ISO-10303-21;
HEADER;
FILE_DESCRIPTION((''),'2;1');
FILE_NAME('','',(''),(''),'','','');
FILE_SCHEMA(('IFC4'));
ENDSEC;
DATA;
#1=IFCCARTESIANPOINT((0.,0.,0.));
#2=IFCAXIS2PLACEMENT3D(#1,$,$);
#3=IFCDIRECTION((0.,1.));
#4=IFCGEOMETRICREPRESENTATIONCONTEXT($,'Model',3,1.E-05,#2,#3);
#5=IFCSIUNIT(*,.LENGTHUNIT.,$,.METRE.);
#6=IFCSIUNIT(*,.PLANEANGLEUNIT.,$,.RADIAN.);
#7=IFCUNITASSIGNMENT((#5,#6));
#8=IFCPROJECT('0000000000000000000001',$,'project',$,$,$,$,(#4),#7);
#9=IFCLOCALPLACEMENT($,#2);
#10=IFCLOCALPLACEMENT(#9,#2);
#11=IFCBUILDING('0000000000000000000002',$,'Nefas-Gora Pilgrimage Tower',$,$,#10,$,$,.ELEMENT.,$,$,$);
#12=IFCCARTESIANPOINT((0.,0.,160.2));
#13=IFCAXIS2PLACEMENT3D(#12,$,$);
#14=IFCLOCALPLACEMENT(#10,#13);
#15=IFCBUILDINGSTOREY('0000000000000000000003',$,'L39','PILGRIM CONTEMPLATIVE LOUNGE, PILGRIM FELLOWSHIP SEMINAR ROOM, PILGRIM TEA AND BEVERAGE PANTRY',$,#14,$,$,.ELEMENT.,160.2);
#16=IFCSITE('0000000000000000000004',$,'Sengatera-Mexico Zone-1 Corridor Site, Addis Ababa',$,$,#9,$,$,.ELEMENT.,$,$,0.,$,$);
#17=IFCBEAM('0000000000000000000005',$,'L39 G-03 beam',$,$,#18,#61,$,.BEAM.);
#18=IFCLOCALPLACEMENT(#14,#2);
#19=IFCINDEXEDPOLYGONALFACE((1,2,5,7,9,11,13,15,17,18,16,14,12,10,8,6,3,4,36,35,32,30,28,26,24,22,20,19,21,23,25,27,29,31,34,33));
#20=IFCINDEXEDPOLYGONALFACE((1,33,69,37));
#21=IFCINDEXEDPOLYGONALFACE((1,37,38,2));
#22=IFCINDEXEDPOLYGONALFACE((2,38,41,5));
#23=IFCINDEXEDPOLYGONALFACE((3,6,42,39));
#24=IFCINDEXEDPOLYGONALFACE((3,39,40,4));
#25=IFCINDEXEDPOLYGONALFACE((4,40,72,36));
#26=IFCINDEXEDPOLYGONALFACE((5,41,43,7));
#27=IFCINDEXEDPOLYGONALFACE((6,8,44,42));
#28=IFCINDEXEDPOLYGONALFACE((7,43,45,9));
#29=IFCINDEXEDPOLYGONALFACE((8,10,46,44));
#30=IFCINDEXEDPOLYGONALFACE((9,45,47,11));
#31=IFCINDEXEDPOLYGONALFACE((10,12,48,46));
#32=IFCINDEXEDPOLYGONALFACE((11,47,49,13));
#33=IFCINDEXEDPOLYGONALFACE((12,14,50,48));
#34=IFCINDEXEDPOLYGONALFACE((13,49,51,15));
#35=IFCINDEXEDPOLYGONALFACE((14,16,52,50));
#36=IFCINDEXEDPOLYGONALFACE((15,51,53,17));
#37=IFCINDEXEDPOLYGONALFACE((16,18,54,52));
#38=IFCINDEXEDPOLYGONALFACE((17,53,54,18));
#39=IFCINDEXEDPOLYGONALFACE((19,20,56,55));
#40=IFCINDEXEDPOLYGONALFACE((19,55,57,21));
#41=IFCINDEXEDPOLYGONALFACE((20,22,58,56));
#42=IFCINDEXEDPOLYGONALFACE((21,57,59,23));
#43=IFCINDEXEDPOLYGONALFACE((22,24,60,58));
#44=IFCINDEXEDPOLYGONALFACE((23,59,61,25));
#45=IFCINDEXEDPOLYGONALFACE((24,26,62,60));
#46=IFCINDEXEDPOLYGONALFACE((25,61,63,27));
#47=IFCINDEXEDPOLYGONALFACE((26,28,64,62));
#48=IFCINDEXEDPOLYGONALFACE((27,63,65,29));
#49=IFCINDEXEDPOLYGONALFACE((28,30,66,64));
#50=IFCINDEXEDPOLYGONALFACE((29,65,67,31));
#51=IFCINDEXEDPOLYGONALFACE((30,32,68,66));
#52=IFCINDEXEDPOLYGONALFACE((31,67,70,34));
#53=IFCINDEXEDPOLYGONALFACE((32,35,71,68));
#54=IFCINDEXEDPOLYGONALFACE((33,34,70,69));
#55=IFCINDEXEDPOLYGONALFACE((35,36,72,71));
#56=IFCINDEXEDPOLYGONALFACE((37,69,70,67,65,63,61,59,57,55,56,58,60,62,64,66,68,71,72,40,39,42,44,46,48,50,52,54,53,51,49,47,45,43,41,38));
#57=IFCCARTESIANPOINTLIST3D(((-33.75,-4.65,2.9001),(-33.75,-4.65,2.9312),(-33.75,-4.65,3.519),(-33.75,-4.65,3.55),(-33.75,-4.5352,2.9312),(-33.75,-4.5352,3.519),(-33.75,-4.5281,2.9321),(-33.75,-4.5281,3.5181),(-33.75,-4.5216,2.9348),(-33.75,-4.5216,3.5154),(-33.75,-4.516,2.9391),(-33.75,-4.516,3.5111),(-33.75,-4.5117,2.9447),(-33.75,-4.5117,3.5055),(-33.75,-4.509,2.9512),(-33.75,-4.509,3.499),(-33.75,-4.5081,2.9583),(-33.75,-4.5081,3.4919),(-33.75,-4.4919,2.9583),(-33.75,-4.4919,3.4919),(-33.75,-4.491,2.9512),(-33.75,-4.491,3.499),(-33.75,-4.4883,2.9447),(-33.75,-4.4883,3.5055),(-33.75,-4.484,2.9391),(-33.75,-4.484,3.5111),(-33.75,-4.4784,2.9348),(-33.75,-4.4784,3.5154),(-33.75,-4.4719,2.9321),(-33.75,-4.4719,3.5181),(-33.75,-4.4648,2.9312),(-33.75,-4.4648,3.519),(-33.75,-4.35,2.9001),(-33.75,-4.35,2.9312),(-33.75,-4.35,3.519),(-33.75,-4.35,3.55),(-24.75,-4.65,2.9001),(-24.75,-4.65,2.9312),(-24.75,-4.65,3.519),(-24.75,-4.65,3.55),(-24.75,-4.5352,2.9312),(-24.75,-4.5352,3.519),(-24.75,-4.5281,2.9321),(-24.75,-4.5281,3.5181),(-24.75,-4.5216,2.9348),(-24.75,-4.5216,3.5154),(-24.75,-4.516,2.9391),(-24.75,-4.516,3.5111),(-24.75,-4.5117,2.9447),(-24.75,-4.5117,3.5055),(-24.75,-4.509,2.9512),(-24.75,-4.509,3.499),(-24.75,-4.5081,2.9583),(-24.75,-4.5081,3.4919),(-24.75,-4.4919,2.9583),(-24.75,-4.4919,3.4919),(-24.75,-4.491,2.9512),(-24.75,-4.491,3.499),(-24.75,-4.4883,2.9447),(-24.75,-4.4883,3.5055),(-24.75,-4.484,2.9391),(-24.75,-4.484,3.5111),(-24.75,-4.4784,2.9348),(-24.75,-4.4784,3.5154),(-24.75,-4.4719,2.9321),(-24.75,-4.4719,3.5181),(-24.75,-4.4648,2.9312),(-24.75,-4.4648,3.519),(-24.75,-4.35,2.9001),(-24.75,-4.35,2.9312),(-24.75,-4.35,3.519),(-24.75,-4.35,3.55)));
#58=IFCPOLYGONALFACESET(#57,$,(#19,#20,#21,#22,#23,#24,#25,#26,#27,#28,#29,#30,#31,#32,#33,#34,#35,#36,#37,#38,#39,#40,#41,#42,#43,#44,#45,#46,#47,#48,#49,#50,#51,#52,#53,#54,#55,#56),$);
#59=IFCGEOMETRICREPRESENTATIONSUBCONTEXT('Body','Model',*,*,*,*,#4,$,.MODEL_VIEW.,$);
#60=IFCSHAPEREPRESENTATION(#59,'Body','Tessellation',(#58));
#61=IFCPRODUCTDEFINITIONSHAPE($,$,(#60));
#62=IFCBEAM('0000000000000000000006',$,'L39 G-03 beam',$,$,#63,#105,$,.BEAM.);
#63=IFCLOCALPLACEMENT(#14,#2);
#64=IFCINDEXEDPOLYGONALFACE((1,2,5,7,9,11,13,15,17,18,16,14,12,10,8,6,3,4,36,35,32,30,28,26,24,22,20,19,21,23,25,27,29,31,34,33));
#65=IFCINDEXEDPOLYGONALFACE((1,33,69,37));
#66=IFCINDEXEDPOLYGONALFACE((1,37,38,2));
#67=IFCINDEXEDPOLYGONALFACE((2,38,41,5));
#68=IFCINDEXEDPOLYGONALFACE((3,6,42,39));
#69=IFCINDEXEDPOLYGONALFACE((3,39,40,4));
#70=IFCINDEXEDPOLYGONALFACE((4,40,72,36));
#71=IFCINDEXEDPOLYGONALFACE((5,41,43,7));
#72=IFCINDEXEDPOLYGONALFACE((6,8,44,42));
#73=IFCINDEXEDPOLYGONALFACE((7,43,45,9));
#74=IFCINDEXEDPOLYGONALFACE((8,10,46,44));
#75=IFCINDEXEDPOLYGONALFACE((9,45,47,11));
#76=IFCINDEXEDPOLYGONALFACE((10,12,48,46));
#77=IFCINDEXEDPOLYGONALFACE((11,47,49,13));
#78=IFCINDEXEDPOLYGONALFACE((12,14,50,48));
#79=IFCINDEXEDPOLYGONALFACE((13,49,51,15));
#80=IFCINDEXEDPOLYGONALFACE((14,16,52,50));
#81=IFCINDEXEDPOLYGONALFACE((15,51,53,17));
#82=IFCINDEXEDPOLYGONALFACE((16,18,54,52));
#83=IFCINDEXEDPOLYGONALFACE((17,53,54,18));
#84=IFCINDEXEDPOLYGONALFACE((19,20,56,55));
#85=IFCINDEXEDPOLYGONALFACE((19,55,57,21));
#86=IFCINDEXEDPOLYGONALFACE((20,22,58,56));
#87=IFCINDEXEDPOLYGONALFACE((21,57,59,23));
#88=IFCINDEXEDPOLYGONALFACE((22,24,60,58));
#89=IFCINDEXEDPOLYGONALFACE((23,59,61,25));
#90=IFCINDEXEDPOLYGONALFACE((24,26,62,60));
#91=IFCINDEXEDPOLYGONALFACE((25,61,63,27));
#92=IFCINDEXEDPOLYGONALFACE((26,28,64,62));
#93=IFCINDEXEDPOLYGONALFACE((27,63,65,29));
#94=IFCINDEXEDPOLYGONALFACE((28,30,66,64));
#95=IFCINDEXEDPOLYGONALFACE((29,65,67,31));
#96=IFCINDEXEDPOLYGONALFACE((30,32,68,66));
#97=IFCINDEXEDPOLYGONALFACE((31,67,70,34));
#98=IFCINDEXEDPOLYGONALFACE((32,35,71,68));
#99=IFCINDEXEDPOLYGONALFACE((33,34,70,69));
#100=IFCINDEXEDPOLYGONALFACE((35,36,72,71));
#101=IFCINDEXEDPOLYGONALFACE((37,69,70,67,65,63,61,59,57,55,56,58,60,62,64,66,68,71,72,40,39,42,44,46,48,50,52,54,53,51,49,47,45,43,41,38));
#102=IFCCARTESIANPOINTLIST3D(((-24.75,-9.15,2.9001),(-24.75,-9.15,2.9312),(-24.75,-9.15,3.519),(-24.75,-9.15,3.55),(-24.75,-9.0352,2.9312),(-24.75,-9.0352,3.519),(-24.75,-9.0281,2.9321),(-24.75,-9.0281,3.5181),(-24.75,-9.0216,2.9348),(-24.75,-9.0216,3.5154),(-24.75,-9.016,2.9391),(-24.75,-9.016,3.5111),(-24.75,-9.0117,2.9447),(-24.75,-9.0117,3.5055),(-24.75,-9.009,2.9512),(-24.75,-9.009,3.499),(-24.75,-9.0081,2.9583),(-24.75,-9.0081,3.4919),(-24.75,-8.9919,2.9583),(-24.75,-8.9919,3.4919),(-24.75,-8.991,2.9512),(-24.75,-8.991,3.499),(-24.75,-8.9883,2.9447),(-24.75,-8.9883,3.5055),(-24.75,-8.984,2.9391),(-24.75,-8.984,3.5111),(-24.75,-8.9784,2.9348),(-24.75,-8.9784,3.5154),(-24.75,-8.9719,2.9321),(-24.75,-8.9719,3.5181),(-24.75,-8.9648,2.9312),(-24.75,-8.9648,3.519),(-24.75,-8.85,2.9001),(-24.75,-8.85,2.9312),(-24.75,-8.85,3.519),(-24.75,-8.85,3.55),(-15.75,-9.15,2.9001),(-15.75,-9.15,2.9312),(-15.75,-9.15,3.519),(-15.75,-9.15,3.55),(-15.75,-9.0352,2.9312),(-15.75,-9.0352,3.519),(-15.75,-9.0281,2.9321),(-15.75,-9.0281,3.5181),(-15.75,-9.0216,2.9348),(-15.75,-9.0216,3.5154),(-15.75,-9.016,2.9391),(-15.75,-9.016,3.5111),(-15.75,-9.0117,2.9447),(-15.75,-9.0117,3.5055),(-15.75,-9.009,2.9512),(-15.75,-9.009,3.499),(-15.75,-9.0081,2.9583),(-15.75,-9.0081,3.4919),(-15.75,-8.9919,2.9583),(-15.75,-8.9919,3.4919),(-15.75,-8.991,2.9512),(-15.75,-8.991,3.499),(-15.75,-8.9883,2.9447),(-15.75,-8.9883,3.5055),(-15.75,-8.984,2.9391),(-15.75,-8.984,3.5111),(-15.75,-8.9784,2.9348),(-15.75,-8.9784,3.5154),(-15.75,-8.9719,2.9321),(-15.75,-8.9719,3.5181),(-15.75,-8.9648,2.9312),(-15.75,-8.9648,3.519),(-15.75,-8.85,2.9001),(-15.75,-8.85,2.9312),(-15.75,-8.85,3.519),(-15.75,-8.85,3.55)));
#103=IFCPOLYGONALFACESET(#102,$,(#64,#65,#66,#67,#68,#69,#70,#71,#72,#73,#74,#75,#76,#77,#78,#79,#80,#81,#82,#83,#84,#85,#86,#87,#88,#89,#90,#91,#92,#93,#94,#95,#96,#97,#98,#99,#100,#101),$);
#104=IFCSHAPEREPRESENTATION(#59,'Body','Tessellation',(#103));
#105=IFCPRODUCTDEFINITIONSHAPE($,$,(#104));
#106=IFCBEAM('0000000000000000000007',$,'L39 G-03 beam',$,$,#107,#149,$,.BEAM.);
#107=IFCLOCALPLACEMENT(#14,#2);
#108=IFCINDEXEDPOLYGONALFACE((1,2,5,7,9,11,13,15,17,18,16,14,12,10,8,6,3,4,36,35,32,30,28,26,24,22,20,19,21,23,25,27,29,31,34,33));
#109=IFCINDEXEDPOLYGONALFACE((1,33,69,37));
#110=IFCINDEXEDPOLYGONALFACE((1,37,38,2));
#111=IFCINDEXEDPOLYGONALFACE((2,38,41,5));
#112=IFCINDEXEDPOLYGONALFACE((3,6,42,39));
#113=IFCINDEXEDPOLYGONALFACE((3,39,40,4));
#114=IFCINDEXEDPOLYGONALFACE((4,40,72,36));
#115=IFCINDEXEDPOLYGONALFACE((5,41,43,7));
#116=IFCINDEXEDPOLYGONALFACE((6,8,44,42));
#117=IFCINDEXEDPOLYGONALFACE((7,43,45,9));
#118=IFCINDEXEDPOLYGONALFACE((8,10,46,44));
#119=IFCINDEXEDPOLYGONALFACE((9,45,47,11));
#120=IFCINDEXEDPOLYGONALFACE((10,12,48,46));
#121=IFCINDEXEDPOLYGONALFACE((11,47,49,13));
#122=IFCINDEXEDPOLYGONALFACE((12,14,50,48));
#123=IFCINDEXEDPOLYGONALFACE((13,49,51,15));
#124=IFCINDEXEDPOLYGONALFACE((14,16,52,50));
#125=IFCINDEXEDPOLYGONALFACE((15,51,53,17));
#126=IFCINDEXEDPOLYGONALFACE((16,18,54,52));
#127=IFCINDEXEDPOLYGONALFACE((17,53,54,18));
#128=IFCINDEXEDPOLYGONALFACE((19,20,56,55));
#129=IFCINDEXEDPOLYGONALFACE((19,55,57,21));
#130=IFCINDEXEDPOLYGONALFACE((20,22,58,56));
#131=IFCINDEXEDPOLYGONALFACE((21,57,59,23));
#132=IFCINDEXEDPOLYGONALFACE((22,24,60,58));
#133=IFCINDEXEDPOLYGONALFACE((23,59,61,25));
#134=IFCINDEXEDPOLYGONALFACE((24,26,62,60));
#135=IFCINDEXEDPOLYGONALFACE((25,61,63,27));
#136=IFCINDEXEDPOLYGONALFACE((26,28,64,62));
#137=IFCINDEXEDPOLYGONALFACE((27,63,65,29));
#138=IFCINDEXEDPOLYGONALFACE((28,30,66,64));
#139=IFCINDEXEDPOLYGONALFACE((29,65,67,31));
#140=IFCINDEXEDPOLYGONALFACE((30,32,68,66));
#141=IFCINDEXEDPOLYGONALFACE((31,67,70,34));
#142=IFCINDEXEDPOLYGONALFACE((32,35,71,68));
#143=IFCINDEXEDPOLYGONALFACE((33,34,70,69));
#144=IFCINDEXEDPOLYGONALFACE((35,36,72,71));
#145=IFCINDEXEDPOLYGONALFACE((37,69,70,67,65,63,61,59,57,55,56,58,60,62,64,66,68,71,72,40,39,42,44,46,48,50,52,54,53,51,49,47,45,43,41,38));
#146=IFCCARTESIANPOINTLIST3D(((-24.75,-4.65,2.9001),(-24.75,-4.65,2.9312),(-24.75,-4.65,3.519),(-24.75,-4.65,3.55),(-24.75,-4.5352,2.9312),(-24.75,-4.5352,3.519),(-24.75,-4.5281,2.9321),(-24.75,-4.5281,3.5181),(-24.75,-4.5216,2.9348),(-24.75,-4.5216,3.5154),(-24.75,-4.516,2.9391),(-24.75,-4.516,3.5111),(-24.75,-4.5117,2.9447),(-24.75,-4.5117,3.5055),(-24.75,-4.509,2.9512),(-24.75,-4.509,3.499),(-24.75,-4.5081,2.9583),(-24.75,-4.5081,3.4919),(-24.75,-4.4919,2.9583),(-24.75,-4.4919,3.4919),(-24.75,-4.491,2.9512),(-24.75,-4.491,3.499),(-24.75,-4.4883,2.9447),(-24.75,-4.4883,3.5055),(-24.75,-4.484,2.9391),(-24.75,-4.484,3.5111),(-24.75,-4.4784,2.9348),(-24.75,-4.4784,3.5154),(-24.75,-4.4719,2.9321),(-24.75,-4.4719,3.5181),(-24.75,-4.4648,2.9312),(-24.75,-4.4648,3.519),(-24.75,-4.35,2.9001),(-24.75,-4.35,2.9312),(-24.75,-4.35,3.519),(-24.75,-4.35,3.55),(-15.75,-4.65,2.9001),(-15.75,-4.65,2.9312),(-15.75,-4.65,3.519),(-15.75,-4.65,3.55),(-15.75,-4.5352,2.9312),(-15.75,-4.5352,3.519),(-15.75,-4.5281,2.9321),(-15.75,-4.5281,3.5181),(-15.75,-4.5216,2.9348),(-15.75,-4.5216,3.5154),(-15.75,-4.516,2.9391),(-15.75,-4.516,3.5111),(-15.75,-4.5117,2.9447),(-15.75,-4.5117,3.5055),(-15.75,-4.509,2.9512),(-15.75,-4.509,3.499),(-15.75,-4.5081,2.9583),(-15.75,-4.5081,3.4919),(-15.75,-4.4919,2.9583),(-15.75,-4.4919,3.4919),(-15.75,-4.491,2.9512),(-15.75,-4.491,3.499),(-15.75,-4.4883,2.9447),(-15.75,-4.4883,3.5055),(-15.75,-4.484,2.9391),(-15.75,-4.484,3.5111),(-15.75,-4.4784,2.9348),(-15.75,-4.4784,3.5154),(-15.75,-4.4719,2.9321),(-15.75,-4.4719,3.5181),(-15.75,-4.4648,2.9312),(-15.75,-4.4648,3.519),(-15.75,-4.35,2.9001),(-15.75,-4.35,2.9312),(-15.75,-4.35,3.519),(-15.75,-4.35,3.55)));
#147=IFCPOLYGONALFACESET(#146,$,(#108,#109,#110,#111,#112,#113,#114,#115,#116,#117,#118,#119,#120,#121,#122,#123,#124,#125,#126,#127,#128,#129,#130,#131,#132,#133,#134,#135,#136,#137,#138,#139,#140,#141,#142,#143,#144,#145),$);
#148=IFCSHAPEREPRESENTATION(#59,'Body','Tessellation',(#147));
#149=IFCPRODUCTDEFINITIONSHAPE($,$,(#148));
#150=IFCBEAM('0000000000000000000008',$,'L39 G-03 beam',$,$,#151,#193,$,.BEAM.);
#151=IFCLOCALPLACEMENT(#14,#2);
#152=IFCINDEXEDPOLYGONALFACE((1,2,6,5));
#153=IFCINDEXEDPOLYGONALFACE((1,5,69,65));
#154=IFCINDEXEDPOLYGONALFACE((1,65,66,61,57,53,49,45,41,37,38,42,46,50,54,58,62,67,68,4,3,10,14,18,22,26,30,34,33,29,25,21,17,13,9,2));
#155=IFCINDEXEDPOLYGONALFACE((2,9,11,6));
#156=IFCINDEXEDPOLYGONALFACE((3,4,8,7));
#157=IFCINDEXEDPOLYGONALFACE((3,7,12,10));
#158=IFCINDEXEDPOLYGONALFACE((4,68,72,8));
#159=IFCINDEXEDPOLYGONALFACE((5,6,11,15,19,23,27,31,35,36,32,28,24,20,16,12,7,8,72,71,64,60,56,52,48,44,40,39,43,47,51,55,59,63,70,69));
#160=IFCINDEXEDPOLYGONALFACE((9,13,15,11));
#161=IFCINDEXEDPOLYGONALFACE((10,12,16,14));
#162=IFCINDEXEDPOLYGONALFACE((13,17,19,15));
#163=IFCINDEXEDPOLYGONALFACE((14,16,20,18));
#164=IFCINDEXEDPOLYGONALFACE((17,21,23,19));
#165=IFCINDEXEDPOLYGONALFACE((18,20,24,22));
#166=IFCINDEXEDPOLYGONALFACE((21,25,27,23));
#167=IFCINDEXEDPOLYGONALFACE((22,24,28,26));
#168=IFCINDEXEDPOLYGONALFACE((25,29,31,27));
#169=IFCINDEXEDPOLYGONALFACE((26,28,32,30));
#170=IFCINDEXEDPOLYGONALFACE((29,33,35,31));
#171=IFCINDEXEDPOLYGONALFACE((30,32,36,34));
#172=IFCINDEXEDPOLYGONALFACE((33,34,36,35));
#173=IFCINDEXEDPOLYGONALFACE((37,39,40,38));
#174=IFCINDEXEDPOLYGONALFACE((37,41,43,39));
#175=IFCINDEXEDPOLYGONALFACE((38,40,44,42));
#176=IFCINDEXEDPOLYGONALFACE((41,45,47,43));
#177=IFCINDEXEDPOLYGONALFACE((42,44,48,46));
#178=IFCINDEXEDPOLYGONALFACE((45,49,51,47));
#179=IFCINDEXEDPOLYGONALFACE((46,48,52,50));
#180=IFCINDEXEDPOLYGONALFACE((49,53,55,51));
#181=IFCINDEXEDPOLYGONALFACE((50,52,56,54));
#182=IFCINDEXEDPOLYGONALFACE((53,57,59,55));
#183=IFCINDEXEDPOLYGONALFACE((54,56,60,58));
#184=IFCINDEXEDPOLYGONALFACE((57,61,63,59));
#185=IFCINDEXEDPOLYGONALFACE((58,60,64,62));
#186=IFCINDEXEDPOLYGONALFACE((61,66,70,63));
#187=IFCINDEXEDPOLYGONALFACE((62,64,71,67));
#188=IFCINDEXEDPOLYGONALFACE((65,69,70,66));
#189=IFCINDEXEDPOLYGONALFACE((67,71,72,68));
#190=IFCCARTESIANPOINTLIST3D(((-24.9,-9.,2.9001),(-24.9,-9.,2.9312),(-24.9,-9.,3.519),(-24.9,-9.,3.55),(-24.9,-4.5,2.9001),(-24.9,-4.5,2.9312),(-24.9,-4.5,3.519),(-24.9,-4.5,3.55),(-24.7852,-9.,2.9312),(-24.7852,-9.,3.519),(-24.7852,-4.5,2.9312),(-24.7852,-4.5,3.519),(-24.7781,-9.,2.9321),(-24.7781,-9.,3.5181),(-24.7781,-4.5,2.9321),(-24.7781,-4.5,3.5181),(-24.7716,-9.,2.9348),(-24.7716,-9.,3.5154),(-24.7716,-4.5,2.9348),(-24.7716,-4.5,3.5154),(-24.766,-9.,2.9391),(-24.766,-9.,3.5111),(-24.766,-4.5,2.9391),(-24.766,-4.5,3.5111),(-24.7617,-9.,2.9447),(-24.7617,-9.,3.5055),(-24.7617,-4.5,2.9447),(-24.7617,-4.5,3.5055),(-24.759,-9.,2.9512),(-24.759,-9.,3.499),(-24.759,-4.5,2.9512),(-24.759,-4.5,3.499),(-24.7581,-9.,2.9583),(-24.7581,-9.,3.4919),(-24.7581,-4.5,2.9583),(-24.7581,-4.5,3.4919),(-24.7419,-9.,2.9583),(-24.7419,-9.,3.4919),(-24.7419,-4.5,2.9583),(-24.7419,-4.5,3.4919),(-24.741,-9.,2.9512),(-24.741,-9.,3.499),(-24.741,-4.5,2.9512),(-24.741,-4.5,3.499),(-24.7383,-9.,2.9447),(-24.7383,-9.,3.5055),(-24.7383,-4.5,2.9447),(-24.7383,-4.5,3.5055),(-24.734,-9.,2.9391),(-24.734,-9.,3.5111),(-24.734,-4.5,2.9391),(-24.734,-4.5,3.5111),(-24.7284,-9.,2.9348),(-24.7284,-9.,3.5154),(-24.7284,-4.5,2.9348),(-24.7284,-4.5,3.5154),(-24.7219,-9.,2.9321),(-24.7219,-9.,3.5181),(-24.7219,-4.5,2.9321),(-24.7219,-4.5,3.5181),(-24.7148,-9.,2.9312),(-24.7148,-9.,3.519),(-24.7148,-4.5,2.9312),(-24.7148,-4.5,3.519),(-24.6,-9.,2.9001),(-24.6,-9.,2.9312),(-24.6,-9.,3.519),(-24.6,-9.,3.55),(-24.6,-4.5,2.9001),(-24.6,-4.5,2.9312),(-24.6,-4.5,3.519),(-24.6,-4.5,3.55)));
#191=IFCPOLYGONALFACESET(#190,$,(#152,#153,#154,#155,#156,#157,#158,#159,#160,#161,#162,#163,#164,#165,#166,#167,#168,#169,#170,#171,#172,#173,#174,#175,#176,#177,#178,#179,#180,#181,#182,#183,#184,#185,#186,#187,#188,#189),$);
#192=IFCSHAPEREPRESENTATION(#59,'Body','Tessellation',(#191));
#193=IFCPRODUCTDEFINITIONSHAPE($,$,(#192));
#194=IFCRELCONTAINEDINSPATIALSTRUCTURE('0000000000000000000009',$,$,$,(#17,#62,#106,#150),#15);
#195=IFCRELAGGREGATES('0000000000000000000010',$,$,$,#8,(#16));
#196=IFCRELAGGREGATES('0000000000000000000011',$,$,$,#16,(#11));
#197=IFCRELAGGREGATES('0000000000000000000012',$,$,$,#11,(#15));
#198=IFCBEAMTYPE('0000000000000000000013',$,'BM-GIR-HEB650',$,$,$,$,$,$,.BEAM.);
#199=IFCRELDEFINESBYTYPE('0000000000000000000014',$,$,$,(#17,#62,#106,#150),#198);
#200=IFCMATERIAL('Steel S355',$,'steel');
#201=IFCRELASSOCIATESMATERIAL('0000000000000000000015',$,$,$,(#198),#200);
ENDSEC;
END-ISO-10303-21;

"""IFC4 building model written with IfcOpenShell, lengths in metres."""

from ifc_helpers import new_model, si_unit, direction, frame, origin, origin_2d, place, context, subcontext, project, spatial, i_section, extrude, source, transform, mapped, material, material_profile, profile_set, type_object, element, save


model = new_model("IFC4")

# Units and contexts
model_context = context("Model", 3, precision=1e-05, world=origin(), true_north=direction((0.0, 1.0)))
body_context = subcontext(model_context, "Body", "Model", "MODEL_VIEW")
ifc_project = project(units=[si_unit("LENGTHUNIT", "METRE"), si_unit("PLANEANGLEUNIT", "RADIAN")], contexts=[model_context])

# Site, building, storey
site_placement = place(None, origin())
site = spatial("IfcSite", under=ifc_project, at=site_placement, Name="Sengatera-Mexico Zone-1 Corridor Site, Addis Ababa", CompositionType="ELEMENT", RefElevation=0.0)
building_placement = place(site_placement, origin())
building = spatial("IfcBuilding", under=site, at=building_placement, Name="Nefas-Gora Pilgrimage Tower", CompositionType="ELEMENT")
storey_placement = place(building_placement, frame((0.0, 0.0, 160.2)))
storey = spatial("IfcBuildingStorey", under=building, at=storey_placement, Name="L39", Description="PILGRIM CONTEMPLATIVE LOUNGE, PILGRIM FELLOWSHIP SEMINAR ROOM, PILGRIM TEA AND BEVERAGE PANTRY", CompositionType="ELEMENT", Elevation=160.2)

# Beams
ifc_material_1 = material(Name="Steel S355", Category="steel")
ifc_material_profile_1 = material_profile(ifc_material_1, i_section(OverallWidth=0.3, OverallDepth=0.6499, WebThickness=0.0161, FlangeThickness=0.031, FilletRadius=0.0271, at=origin_2d()), Name="HEB 650")
ifc_profile_set_1 = profile_set([ifc_material_profile_1], Name="Steel S355")
beam_type_1 = type_object("IfcBeamType", Name="BM-GIR-HEB650", PredefinedType="BEAM", material=ifc_profile_set_1)
shared_shape_1 = source(origin(), body_context, "Body", "SweptSolid", [
    extrude(i_section(OverallWidth=0.3, OverallDepth=0.6499, WebThickness=0.0161, FlangeThickness=0.031, FilletRadius=0.0271, at=origin_2d()), origin(), (0.0, 0.0, 1.0), 9.0),
])
for number, where, z_axis, x_axis, name in (
    (1, (-33.75, -4.5, 3.2251), (1.0, 0.0, 0.0), (0.0, 1.0, 0.0), "L39 G-03 beam"),
    (2, (-24.75, -9.0, 3.2251), (1.0, 0.0, 0.0), (0.0, 1.0, 0.0), "L39 G-03 beam"),
    (3, (-24.75, -4.5, 3.2251), (1.0, 0.0, 0.0), (0.0, 1.0, 0.0), "L39 G-03 beam"),
):
    element("IfcBeam", number, at=place(storey_placement, frame(where, z_axis=z_axis, x_axis=x_axis)), inside=storey, type_object=beam_type_1, Name=name, PredefinedType="BEAM", context=body_context, shape_type="MappedRepresentation", body=[
        mapped(shared_shape_1, transform((0.0, 0.0, 0.0), x_axis=(1.0, 0.0, 0.0), y_axis=(0.0, 1.0, 0.0), z_axis=(0.0, 0.0, 1.0), scale=1.0)),
    ])
shared_shape_2 = source(origin(), body_context, "Body", "SweptSolid", [
    extrude(i_section(OverallWidth=0.3, OverallDepth=0.6499, WebThickness=0.0161, FlangeThickness=0.031, FilletRadius=0.0271, at=origin_2d()), origin(), (0.0, 0.0, 1.0), 4.5),
])
for number, where, z_axis, x_axis, name in (
    (4, (-24.75, -9.0, 3.2251), (0.0, 1.0, 0.0), (-1.0, 0.0, 0.0), "L39 G-03 beam"),
):
    element("IfcBeam", number, at=place(storey_placement, frame(where, z_axis=z_axis, x_axis=x_axis)), inside=storey, type_object=beam_type_1, Name=name, PredefinedType="BEAM", context=body_context, shape_type="MappedRepresentation", body=[
        mapped(shared_shape_2, transform((0.0, 0.0, 0.0), x_axis=(1.0, 0.0, 0.0), y_axis=(0.0, 1.0, 0.0), z_axis=(0.0, 0.0, 1.0), scale=1.0)),
    ])

save(model, "model.ifc")
